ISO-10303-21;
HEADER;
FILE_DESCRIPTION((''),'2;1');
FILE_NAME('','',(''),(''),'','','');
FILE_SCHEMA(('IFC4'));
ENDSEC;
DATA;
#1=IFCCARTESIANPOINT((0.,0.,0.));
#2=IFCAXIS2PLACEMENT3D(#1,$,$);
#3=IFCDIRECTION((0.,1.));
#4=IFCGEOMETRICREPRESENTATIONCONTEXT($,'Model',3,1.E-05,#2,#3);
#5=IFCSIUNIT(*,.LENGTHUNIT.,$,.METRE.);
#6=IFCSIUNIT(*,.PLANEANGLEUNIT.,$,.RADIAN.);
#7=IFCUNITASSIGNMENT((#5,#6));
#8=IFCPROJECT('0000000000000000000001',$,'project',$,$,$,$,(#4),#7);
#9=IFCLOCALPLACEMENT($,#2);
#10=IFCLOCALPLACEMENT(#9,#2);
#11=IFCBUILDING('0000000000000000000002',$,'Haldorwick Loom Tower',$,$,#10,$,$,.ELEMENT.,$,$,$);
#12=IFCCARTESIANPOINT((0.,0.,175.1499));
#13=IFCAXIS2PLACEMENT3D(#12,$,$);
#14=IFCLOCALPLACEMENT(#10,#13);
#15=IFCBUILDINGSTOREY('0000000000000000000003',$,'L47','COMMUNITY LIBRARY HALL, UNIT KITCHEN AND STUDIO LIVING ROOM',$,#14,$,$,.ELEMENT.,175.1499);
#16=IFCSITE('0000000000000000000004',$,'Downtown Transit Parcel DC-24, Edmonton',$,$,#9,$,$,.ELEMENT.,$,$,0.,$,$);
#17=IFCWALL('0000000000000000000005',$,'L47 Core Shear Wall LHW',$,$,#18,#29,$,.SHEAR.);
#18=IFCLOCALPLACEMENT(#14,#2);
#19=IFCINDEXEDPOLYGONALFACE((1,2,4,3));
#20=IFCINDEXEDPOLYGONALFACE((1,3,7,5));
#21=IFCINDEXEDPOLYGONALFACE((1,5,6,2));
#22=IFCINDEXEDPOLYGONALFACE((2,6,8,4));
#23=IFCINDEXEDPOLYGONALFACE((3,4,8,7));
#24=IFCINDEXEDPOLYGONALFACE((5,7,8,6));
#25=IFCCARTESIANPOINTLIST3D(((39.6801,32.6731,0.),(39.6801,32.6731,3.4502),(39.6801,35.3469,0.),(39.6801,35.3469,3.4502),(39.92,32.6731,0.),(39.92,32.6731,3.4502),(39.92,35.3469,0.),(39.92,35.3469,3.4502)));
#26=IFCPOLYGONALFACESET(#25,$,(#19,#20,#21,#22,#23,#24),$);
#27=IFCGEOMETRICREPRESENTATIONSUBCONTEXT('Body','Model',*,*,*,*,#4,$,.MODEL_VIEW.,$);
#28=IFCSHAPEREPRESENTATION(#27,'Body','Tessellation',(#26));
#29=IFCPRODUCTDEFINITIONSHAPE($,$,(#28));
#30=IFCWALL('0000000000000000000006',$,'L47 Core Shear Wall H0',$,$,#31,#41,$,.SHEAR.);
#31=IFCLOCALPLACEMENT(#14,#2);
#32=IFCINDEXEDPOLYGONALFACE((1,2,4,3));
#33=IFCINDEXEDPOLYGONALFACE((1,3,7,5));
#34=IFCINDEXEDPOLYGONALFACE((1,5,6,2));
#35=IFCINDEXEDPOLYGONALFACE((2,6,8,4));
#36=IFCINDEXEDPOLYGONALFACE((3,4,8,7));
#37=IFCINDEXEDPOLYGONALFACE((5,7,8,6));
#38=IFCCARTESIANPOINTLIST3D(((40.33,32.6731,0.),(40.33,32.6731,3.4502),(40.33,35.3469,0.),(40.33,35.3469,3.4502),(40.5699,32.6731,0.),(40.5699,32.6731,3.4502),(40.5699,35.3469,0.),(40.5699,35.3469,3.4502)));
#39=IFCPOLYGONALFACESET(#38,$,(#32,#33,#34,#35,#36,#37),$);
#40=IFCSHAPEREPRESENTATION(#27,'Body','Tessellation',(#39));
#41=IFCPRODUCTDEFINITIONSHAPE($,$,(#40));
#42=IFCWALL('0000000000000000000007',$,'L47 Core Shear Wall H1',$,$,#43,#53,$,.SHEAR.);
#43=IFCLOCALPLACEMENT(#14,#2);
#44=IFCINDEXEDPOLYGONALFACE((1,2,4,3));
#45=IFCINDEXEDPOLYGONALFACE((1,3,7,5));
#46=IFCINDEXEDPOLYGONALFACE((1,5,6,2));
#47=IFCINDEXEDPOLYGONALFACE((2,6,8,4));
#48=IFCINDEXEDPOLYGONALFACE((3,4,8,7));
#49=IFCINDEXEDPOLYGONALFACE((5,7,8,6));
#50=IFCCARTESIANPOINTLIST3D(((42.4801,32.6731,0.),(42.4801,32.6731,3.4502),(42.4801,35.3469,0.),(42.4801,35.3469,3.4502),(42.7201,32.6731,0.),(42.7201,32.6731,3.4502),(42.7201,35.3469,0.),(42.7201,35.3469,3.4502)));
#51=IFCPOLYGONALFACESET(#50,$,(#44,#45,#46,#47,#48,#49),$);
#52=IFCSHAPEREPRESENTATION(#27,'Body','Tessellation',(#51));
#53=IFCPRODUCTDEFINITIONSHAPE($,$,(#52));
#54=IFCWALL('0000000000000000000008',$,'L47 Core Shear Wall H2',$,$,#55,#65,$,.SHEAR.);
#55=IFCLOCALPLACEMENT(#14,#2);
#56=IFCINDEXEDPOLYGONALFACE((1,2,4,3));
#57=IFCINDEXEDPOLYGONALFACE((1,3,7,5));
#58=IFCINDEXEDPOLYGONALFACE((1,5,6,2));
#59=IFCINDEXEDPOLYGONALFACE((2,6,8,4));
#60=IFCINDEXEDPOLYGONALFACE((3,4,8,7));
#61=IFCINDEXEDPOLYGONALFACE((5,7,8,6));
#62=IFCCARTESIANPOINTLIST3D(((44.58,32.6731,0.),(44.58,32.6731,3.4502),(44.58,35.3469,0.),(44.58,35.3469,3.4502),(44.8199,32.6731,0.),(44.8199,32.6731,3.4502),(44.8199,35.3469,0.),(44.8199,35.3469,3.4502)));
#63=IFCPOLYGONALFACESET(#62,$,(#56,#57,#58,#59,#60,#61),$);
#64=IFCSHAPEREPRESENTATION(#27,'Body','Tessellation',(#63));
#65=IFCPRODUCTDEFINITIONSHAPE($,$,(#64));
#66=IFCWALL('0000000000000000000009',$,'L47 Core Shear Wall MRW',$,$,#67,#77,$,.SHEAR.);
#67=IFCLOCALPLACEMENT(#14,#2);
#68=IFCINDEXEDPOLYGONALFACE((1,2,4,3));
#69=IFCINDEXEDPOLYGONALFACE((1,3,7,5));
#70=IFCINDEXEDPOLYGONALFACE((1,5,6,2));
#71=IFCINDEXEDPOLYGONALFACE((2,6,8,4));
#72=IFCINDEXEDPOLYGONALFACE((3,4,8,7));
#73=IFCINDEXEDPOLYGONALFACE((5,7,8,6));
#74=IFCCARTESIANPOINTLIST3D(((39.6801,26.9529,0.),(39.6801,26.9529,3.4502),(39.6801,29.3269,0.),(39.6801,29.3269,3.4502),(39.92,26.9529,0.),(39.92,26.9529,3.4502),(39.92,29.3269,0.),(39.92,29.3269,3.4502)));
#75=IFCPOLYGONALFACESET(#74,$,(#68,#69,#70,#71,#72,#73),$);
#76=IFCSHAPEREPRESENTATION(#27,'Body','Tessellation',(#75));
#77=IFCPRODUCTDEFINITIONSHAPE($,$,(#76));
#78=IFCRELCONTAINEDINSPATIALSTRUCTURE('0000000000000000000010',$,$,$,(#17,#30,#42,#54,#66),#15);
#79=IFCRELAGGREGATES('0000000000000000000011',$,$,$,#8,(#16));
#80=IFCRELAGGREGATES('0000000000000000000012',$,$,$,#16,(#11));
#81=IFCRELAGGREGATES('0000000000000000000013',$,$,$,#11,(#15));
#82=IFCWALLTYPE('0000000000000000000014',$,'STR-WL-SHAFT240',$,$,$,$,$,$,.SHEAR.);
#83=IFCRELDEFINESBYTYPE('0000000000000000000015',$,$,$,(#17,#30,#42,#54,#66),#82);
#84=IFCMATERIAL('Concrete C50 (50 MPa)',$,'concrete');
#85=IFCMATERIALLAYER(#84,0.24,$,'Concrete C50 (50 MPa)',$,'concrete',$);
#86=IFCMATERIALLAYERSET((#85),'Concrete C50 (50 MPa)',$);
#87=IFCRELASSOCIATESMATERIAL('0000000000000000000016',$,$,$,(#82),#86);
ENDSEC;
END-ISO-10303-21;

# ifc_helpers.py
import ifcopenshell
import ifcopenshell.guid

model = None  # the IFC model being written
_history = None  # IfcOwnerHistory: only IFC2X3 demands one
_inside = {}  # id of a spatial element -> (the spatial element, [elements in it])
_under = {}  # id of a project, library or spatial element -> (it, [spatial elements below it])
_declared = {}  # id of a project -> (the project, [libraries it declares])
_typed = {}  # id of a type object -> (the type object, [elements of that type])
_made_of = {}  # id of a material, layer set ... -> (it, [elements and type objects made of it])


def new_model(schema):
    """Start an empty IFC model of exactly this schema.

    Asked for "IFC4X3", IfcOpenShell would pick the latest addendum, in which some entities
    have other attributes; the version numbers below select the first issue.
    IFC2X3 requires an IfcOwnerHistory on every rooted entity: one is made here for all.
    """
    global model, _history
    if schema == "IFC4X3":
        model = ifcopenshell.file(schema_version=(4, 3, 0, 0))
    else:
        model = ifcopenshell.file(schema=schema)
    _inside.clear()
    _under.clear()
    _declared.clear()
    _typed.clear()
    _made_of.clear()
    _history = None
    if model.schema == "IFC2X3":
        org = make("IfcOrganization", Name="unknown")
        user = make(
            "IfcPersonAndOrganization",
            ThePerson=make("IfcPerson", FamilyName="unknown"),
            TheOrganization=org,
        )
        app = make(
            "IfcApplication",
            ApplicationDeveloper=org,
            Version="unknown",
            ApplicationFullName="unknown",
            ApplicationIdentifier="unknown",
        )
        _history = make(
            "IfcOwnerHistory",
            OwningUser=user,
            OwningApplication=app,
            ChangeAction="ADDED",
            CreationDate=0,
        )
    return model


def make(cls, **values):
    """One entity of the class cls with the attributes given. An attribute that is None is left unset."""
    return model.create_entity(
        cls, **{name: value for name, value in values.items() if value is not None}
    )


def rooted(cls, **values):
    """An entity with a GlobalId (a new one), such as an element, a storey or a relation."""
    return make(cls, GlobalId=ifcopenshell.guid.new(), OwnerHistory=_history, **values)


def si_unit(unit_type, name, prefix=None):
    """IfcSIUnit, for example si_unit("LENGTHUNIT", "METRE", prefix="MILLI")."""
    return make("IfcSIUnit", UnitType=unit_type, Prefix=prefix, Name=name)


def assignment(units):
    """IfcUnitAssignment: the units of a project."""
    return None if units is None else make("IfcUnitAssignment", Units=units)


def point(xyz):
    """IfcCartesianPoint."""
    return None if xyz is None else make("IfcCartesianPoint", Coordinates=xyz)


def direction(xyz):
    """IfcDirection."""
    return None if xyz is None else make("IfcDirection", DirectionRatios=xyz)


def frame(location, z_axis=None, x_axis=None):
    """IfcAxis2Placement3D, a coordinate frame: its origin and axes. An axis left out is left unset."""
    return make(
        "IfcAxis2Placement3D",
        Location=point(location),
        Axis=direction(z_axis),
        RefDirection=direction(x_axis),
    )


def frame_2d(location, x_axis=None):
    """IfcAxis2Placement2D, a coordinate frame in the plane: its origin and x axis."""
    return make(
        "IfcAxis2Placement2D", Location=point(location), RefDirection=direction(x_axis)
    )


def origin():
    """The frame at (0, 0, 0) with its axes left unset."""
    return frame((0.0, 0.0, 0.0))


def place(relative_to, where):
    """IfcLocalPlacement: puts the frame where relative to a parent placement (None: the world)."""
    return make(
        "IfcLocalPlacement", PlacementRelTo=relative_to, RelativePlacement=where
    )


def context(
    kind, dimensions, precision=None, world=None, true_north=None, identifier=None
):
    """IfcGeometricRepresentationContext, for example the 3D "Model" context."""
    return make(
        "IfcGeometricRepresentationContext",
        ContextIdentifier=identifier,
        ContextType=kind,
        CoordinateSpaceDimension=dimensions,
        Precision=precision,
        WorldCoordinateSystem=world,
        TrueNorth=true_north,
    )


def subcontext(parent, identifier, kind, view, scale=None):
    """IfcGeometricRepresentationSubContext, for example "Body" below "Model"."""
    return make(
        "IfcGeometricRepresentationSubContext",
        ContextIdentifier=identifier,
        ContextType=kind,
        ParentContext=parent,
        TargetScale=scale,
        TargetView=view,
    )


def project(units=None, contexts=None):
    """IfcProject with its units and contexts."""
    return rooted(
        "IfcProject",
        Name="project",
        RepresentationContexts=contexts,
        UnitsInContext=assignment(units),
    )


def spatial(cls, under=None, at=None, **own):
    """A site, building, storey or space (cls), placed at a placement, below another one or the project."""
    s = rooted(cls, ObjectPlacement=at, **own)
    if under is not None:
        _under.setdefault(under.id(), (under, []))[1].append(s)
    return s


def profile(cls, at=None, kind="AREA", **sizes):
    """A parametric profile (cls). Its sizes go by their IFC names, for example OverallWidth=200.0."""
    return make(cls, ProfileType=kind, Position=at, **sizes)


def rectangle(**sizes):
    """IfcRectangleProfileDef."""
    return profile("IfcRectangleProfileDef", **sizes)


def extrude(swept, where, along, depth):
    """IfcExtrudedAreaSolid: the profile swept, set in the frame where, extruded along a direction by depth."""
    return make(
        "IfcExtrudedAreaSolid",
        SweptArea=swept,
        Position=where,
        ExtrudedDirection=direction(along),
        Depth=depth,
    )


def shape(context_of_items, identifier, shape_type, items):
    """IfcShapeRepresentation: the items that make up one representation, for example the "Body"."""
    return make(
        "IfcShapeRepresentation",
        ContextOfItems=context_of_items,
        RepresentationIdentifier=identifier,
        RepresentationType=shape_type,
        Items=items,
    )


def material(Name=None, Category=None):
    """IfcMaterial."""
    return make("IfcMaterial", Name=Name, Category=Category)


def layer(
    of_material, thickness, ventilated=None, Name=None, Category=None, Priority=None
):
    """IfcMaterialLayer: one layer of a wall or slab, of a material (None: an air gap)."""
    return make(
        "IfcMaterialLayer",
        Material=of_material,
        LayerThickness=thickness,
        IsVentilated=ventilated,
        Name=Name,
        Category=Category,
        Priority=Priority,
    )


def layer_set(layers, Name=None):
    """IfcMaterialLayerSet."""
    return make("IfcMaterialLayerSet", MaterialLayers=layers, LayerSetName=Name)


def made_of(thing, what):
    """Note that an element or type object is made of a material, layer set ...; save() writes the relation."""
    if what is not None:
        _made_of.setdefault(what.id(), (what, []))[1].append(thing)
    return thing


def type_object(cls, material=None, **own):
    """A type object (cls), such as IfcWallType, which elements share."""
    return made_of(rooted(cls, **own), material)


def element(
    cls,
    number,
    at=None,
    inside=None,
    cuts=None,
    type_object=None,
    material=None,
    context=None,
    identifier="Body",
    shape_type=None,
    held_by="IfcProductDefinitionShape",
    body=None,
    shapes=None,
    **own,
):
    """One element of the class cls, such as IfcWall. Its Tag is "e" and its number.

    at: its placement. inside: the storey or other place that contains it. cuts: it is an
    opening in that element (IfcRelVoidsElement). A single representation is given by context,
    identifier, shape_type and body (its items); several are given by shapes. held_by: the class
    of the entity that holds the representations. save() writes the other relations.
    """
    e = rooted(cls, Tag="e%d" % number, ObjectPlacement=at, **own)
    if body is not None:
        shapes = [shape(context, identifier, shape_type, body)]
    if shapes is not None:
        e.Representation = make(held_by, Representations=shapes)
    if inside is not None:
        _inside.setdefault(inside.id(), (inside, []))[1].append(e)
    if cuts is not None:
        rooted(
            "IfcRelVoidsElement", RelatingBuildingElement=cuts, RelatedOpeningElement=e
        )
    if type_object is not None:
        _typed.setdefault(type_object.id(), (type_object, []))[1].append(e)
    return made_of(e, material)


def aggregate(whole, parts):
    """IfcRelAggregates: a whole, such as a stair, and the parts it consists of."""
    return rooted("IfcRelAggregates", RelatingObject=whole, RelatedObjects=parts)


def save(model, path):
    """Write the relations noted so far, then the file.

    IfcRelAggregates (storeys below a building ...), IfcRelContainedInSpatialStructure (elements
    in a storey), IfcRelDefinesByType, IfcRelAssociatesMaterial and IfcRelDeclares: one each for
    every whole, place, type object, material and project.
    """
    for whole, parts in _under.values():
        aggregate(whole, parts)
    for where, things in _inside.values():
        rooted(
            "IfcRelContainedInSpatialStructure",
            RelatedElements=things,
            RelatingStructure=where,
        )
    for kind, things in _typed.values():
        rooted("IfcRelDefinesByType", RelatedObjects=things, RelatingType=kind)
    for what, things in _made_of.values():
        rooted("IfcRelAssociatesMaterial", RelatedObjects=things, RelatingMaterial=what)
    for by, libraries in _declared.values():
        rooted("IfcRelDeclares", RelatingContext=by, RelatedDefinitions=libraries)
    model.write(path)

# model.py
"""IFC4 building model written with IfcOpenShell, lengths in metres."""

from ifc_helpers import new_model, si_unit, direction, frame, frame_2d, origin, place, context, subcontext, project, spatial, rectangle, extrude, material, layer, layer_set, type_object, element, save


model = new_model("IFC4")

# Units and contexts
model_context = context("Model", 3, precision=1e-05, world=origin(), true_north=direction((0.0, 1.0)))
body_context = subcontext(model_context, "Body", "Model", "MODEL_VIEW")
ifc_project = project(units=[si_unit("LENGTHUNIT", "METRE"), si_unit("PLANEANGLEUNIT", "RADIAN")], contexts=[model_context])

# Site, building, storey
site_placement = place(None, origin())
site = spatial("IfcSite", under=ifc_project, at=site_placement, Name="Downtown Transit Parcel DC-24, Edmonton", CompositionType="ELEMENT", RefElevation=0.0)
building_placement = place(site_placement, origin())
building = spatial("IfcBuilding", under=site, at=building_placement, Name="Haldorwick Loom Tower", CompositionType="ELEMENT")
storey_placement = place(building_placement, frame((0.0, 0.0, 175.1499)))
storey = spatial("IfcBuildingStorey", under=building, at=storey_placement, Name="L47", Description="COMMUNITY LIBRARY HALL, UNIT KITCHEN AND STUDIO LIVING ROOM", CompositionType="ELEMENT", Elevation=175.1499)

# Shared definitions
ifc_material_1 = material(Name="Concrete C50 (50 MPa)", Category="concrete")
ifc_layer_1 = layer(ifc_material_1, 0.24, Name="Concrete C50 (50 MPa)", Category="concrete")
ifc_layer_set_1 = layer_set([ifc_layer_1], Name="Concrete C50 (50 MPa)")
wall_type_1 = type_object("IfcWallType", Name="STR-WL-SHAFT240", PredefinedType="SHEAR", material=ifc_layer_set_1)

# Walls
for number, where, z_axis, x_axis, name in (
    (1, (39.8, 32.6731, 0.0), (0.0, 0.0, 1.0), (0.0, 1.0, 0.0), "L47 Core Shear Wall LHW"),
    (2, (40.45, 32.6731, 0.0), (0.0, 0.0, 1.0), (0.0, 1.0, 0.0), "L47 Core Shear Wall H0"),
    (3, (42.6001, 32.6731, 0.0), (0.0, 0.0, 1.0), (0.0, 1.0, 0.0), "L47 Core Shear Wall H1"),
    (4, (44.7, 32.6731, 0.0), (0.0, 0.0, 1.0), (0.0, 1.0, 0.0), "L47 Core Shear Wall H2"),
):
    element("IfcWall", number, at=place(storey_placement, frame(where, z_axis=z_axis, x_axis=x_axis)), inside=storey, type_object=wall_type_1, Name=name, PredefinedType="SHEAR", context=body_context, shape_type="SweptSolid", body=[
        extrude(rectangle(XDim=2.6738, YDim=0.24, at=frame_2d((1.3369, 0.0))), origin(), (0.0, 0.0, 1.0), 3.4502),
    ])
wall_1_placement = place(storey_placement, frame((39.8, 26.9529, 0.0), z_axis=(0.0, 0.0, 1.0), x_axis=(0.0, 1.0, 0.0)))
element("IfcWall", 5, at=wall_1_placement, inside=storey, type_object=wall_type_1, Name="L47 Core Shear Wall MRW", PredefinedType="SHEAR", context=body_context, shape_type="SweptSolid", body=[
    extrude(rectangle(XDim=2.374, YDim=0.24, at=frame_2d((1.187, 0.0))), origin(), (0.0, 0.0, 1.0), 3.4502),
])

save(model, "model.ifc")
